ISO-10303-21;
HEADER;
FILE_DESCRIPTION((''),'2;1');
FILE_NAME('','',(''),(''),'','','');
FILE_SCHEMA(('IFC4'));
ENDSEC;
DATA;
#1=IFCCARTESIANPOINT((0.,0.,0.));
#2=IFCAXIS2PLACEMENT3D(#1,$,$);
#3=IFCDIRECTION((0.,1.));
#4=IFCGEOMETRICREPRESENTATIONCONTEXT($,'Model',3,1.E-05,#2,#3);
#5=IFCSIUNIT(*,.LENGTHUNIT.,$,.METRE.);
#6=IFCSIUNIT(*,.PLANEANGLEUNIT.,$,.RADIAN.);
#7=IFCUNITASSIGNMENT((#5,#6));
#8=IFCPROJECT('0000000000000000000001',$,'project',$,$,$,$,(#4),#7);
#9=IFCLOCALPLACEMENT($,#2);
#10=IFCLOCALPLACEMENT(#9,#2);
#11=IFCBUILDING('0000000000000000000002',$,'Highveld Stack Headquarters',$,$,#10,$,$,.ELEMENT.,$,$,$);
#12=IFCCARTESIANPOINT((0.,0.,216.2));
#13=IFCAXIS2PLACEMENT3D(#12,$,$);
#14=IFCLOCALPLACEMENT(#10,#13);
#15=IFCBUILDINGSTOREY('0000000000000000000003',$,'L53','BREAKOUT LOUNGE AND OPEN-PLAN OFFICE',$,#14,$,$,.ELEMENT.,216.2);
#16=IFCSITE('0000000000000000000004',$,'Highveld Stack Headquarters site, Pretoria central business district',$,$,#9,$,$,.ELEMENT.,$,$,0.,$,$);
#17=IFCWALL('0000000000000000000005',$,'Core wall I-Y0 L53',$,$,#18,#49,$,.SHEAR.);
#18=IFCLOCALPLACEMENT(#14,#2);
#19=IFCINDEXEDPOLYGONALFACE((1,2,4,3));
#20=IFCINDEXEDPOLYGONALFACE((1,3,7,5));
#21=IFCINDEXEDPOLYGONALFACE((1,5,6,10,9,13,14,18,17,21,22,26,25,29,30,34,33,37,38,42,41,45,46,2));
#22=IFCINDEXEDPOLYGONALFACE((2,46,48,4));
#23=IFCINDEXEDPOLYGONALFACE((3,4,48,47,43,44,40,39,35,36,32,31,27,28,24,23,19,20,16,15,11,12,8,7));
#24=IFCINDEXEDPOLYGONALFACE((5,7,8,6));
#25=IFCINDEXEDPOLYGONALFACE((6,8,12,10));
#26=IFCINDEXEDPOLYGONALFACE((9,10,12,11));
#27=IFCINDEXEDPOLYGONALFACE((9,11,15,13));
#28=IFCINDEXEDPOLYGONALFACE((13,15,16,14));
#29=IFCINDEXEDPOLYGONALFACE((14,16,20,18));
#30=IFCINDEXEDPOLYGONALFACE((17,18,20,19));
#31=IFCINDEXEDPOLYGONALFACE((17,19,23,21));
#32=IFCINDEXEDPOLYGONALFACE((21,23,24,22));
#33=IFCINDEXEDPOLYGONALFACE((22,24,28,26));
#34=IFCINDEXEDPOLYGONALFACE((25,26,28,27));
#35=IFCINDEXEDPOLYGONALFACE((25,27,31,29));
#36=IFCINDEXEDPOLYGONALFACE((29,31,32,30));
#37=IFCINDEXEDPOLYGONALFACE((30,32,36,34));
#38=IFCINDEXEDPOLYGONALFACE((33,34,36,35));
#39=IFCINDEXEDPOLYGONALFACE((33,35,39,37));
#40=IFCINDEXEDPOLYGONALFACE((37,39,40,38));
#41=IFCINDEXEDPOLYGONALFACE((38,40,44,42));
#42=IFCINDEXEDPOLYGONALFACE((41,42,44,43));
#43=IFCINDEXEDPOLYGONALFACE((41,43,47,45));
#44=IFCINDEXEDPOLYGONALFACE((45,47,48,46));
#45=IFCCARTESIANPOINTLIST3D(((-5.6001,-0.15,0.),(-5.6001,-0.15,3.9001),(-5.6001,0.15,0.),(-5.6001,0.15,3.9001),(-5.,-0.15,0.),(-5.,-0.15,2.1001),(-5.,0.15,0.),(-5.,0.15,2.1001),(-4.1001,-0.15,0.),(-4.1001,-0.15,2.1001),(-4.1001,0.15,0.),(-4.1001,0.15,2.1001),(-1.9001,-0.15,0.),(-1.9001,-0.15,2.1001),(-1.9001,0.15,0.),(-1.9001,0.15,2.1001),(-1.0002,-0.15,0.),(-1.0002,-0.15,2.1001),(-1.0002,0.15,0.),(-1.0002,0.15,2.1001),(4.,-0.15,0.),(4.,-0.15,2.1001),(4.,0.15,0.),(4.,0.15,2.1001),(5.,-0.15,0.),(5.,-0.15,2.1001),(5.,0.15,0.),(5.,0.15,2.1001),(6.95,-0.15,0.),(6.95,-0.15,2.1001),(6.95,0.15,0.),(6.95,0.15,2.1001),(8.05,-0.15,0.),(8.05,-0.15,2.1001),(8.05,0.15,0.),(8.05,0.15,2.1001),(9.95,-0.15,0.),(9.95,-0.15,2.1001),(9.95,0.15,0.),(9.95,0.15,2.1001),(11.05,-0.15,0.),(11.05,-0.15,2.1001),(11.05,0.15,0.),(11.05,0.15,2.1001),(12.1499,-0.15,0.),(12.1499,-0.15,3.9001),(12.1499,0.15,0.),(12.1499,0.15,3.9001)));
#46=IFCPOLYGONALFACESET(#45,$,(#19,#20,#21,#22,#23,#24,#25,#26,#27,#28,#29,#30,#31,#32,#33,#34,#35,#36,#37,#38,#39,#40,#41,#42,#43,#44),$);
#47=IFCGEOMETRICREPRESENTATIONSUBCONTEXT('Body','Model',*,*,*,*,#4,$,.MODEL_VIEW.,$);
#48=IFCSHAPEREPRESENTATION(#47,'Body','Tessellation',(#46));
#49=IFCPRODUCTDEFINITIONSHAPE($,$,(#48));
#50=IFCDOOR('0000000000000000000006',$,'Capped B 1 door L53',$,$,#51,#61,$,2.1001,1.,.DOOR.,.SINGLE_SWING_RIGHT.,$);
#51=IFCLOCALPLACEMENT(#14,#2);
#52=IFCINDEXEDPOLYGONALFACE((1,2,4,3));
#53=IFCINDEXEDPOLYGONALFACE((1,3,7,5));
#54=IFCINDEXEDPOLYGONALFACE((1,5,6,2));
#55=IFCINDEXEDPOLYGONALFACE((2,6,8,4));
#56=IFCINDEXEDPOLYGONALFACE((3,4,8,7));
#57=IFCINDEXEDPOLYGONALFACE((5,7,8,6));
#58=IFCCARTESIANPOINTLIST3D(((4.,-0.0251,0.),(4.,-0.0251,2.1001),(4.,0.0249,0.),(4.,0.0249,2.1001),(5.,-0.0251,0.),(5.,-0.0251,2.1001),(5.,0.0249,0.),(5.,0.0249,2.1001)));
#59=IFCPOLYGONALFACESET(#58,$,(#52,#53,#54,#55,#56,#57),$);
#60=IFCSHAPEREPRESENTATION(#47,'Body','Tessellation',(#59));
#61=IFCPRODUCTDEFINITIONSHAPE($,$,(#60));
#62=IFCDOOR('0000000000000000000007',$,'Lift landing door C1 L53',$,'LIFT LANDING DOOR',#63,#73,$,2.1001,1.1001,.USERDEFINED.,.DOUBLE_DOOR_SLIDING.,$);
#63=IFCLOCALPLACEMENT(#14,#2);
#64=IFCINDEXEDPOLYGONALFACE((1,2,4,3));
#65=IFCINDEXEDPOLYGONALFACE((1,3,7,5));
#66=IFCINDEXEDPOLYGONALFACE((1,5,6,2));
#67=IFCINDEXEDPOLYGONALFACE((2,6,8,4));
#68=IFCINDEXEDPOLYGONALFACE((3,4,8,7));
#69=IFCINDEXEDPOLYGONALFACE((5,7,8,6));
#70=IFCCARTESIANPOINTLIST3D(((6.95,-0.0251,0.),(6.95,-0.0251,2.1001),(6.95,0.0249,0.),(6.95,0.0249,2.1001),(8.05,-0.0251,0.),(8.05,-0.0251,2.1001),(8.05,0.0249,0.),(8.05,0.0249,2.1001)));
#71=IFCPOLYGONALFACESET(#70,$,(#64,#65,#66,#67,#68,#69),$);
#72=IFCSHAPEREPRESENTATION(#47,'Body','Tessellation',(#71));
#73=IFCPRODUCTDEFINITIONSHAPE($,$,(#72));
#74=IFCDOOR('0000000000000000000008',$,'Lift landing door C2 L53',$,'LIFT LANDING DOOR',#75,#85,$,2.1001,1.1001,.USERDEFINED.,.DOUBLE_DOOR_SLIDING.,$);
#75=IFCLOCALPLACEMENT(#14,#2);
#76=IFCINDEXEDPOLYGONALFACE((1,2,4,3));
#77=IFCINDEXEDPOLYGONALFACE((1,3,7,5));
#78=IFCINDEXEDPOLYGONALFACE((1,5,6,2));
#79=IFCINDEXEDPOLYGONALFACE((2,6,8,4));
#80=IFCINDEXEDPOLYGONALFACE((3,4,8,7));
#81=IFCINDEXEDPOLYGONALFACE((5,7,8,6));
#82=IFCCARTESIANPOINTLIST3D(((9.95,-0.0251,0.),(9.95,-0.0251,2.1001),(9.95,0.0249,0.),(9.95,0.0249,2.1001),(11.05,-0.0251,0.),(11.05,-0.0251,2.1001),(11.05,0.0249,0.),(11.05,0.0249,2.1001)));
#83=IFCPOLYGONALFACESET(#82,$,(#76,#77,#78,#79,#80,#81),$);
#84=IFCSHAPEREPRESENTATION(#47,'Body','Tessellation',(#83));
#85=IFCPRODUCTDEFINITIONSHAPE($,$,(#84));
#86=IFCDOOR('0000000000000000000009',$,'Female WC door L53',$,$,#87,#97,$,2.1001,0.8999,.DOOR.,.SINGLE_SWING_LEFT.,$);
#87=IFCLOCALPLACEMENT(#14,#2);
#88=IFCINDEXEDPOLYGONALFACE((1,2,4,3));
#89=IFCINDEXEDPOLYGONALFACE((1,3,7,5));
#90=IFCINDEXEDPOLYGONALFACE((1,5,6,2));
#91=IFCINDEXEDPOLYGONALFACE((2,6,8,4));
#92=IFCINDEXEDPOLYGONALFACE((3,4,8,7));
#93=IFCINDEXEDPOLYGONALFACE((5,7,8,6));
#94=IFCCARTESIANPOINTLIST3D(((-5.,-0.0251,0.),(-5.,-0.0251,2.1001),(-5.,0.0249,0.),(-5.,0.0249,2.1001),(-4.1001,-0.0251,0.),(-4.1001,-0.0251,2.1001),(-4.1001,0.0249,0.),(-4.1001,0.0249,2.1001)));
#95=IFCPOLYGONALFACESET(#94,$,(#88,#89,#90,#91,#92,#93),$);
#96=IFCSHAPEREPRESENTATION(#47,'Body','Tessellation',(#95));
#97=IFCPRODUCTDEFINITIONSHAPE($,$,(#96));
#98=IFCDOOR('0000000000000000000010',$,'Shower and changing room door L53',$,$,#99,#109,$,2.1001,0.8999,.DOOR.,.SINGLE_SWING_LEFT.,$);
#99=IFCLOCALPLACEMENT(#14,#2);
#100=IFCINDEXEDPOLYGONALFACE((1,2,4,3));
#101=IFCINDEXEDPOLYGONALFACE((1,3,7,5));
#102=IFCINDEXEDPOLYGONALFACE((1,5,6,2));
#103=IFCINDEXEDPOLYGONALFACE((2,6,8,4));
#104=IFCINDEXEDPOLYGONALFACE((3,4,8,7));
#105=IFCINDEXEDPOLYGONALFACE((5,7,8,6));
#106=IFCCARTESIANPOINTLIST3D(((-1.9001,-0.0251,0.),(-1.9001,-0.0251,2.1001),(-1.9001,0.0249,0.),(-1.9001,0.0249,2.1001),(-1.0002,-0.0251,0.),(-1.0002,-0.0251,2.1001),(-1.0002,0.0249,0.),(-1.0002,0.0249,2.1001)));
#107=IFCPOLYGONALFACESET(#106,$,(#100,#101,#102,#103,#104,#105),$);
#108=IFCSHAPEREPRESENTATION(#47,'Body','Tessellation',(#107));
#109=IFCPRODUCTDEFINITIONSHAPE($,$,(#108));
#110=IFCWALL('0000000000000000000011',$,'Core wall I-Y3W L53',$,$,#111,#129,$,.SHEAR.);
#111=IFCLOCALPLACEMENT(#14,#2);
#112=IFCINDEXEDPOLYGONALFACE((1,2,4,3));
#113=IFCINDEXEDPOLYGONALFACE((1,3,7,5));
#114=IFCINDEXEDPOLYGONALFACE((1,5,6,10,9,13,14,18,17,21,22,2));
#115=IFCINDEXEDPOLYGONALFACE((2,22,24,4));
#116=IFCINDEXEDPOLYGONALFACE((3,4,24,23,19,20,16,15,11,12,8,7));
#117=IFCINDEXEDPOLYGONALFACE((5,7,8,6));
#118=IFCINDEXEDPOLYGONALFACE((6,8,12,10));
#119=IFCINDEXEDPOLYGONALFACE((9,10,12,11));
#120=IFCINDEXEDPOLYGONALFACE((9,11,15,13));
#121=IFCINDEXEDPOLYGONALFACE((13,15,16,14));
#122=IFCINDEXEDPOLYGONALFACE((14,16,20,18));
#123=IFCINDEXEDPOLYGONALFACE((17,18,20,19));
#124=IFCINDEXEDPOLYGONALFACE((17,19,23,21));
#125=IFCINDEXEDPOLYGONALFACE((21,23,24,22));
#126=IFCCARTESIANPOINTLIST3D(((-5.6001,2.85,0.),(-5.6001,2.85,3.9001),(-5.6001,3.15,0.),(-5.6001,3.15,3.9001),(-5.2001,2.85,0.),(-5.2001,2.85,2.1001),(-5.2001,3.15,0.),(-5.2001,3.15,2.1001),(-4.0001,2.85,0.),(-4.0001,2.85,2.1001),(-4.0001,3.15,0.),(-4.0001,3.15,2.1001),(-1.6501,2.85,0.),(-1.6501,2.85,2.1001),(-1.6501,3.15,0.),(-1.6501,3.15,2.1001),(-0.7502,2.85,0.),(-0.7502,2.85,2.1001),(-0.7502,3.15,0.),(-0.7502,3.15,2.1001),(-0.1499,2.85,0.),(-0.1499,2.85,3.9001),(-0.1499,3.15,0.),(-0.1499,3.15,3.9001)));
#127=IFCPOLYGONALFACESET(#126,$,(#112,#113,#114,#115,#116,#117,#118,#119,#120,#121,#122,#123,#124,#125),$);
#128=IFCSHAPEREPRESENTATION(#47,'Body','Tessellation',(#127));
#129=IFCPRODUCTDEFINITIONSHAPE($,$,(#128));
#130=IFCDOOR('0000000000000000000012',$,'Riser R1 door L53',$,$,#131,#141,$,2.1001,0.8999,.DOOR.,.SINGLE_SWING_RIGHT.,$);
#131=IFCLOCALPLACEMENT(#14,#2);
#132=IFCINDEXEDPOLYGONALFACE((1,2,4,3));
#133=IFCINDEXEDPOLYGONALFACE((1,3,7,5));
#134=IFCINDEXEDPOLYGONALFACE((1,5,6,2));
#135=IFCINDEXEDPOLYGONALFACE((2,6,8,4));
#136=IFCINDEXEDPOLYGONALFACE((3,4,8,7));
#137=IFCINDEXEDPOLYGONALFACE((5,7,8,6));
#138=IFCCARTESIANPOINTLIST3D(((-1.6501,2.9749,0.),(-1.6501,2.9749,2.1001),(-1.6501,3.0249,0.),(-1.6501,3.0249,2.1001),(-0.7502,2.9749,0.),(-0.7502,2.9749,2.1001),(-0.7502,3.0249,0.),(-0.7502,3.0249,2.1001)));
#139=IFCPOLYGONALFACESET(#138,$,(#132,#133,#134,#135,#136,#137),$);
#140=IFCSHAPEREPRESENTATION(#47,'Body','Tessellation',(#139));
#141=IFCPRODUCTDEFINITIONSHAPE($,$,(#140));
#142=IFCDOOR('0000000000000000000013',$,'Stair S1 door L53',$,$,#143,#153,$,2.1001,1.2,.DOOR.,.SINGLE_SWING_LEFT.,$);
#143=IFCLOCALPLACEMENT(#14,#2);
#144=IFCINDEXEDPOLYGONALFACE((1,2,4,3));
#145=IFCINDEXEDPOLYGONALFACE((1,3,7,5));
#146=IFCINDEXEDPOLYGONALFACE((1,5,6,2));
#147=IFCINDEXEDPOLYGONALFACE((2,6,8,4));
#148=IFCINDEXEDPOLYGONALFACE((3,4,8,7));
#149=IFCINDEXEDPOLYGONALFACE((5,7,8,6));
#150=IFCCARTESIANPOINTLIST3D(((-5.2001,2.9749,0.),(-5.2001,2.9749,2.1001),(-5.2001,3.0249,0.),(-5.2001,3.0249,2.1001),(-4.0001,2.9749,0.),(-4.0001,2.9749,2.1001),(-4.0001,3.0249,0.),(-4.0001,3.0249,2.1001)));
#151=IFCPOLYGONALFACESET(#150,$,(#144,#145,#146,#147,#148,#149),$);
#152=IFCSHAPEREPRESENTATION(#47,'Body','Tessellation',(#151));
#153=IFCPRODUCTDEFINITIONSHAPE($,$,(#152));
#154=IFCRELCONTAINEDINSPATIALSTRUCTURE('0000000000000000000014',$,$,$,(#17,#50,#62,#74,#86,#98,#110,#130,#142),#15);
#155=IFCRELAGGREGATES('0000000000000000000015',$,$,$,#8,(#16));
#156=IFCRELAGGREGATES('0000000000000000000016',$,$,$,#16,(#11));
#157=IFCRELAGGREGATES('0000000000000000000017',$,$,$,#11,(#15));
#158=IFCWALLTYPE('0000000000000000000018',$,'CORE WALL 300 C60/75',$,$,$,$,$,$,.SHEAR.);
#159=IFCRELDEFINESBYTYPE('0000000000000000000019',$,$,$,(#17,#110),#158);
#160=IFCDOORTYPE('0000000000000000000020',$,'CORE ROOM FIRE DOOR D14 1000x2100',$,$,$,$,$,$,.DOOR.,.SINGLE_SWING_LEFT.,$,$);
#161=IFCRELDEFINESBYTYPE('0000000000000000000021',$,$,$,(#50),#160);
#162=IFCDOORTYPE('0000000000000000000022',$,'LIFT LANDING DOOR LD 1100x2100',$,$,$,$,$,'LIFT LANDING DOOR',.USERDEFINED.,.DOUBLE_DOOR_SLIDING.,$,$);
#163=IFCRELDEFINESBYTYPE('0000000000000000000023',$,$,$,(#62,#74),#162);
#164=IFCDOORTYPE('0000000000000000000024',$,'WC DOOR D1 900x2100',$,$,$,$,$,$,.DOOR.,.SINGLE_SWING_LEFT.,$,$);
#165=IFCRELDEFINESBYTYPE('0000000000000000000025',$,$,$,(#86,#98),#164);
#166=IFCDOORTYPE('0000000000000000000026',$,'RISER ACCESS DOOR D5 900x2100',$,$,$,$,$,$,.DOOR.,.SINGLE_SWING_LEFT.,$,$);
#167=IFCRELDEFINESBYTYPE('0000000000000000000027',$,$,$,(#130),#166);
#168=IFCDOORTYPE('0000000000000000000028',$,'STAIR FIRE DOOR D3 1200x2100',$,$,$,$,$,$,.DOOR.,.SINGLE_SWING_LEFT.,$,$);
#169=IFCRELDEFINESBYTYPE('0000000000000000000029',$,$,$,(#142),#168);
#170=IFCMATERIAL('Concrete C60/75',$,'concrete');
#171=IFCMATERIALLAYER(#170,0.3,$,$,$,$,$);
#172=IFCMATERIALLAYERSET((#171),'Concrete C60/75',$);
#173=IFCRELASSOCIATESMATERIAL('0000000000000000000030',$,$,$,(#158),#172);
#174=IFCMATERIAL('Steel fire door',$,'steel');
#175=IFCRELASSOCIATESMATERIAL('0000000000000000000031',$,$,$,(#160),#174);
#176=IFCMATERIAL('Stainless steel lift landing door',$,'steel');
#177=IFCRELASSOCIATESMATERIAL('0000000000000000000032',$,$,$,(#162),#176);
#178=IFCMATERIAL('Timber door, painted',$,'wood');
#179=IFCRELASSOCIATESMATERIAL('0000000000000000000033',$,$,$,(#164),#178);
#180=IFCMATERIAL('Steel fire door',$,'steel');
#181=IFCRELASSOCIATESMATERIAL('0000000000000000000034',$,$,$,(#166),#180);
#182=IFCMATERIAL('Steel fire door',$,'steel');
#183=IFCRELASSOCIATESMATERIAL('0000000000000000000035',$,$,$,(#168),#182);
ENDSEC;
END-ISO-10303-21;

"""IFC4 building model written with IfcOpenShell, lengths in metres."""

from ifc_helpers import new_model, si_unit, direction, frame, frame_2d, origin, place, context, subcontext, project, spatial, rectangle, extrude, material, layer, layer_set, type_object, element, fill, save


model = new_model("IFC4")

# Units and contexts
model_context = context("Model", 3, precision=1e-05, world=origin(), true_north=direction((0.0, 1.0)))
body_context = subcontext(model_context, "Body", "Model", "MODEL_VIEW")
ifc_project = project(units=[si_unit("LENGTHUNIT", "METRE"), si_unit("PLANEANGLEUNIT", "RADIAN")], contexts=[model_context])

# Site, building, storey
site_placement = place(None, origin())
site = spatial("IfcSite", under=ifc_project, at=site_placement, Name="Highveld Stack Headquarters site, Pretoria central business district", CompositionType="ELEMENT", RefElevation=0.0)
building_placement = place(site_placement, origin())
building = spatial("IfcBuilding", under=site, at=building_placement, Name="Highveld Stack Headquarters", CompositionType="ELEMENT")
storey_placement = place(building_placement, frame((0.0, 0.0, 216.2)))
storey = spatial("IfcBuildingStorey", under=building, at=storey_placement, Name="L53", Description="BREAKOUT LOUNGE AND OPEN-PLAN OFFICE", CompositionType="ELEMENT", Elevation=216.2)

# Walls, openings, doors
ifc_material_1 = material(Name="Concrete C60/75", Category="concrete")
ifc_layer_1 = layer(ifc_material_1, 0.3)
ifc_layer_set_1 = layer_set([ifc_layer_1], Name="Concrete C60/75")
wall_type_1 = type_object("IfcWallType", Name="CORE WALL 300 C60/75", PredefinedType="SHEAR", material=ifc_layer_set_1)
wall_1_placement = place(storey_placement, frame((-5.6001, 0.0, 0.0), z_axis=(0.0, 0.0, 1.0), x_axis=(1.0, 0.0, 0.0)))
wall_1 = element("IfcWall", 1, at=wall_1_placement, inside=storey, type_object=wall_type_1, Name="Core wall I-Y0 L53", PredefinedType="SHEAR", context=body_context, shape_type="SweptSolid", body=[
    extrude(rectangle(XDim=17.75, YDim=0.3, at=frame_2d((8.875, 0.0))), origin(), (0.0, 0.0, 1.0), 3.9001),
])
opening_1_placement = place(wall_1_placement, frame((0.6001, 0.0, 0.0)))
opening_1 = element("IfcOpeningElement", 2, at=opening_1_placement, cuts=wall_1, PredefinedType="OPENING", context=body_context, shape_type="SweptSolid", body=[
    extrude(rectangle(XDim=0.8999, YDim=2.1001, at=frame_2d((0.45, 1.05))), frame((0.0, 0.1599, 0.0), z_axis=(0.0, -1.0, 0.0), x_axis=(1.0, 0.0, 0.0)), (0.0, 0.0, 1.0), 0.3201),
])
opening_2_placement = place(wall_1_placement, frame((3.7, 0.0, 0.0)))
opening_2 = element("IfcOpeningElement", 3, at=opening_2_placement, cuts=wall_1, PredefinedType="OPENING", context=body_context, shape_type="SweptSolid", body=[
    extrude(rectangle(XDim=0.8999, YDim=2.1001, at=frame_2d((0.45, 1.05))), frame((0.0, 0.1599, 0.0), z_axis=(0.0, -1.0, 0.0), x_axis=(1.0, 0.0, 0.0)), (0.0, 0.0, 1.0), 0.3201),
])
opening_3_placement = place(wall_1_placement, frame((9.6001, 0.0, 0.0)))
opening_3 = element("IfcOpeningElement", 4, at=opening_3_placement, cuts=wall_1, PredefinedType="OPENING", context=body_context, shape_type="SweptSolid", body=[
    extrude(rectangle(XDim=1.0, YDim=2.1001, at=frame_2d((0.5, 1.05))), frame((0.0, 0.1599, 0.0), z_axis=(0.0, -1.0, 0.0), x_axis=(1.0, 0.0, 0.0)), (0.0, 0.0, 1.0), 0.3201),
])
opening_4_placement = place(wall_1_placement, frame((12.55, 0.0, 0.0)))
opening_4 = element("IfcOpeningElement", 5, at=opening_4_placement, cuts=wall_1, PredefinedType="OPENING", context=body_context, shape_type="SweptSolid", body=[
    extrude(rectangle(XDim=1.1001, YDim=2.1001, at=frame_2d((0.55, 1.05))), frame((0.0, 0.1599, 0.0), z_axis=(0.0, -1.0, 0.0), x_axis=(1.0, 0.0, 0.0)), (0.0, 0.0, 1.0), 0.3201),
])
opening_5_placement = place(wall_1_placement, frame((15.55, 0.0, 0.0)))
opening_5 = element("IfcOpeningElement", 6, at=opening_5_placement, cuts=wall_1, PredefinedType="OPENING", context=body_context, shape_type="SweptSolid", body=[
    extrude(rectangle(XDim=1.1001, YDim=2.1001, at=frame_2d((0.55, 1.05))), frame((0.0, 0.1599, 0.0), z_axis=(0.0, -1.0, 0.0), x_axis=(1.0, 0.0, 0.0)), (0.0, 0.0, 1.0), 0.3201),
])
ifc_material_2 = material(Name="Steel fire door", Category="steel")
door_type_1 = type_object("IfcDoorType", Name="CORE ROOM FIRE DOOR D14 1000x2100", OperationType="SINGLE_SWING_LEFT", PredefinedType="DOOR", material=ifc_material_2)
door_1_placement = place(opening_3_placement, origin())
door_1 = element("IfcDoor", 7, at=door_1_placement, inside=storey, type_object=door_type_1, Name="Capped B 1 door L53", OperationType="SINGLE_SWING_RIGHT", OverallHeight=2.1001, OverallWidth=1.0, PredefinedType="DOOR", context=body_context, shape_type="SweptSolid", body=[
    extrude(rectangle(XDim=1.0, YDim=2.1001, at=frame_2d((0.5, 1.05))), frame((0.0, 0.0249, 0.0), z_axis=(0.0, -1.0, 0.0), x_axis=(1.0, 0.0, 0.0)), (0.0, 0.0, 1.0), 0.05),
])
fill(opening_3, door_1)
ifc_material_3 = material(Name="Stainless steel lift landing door", Category="steel")
door_type_2 = type_object("IfcDoorType", Name="LIFT LANDING DOOR LD 1100x2100", ElementType="LIFT LANDING DOOR", OperationType="DOUBLE_DOOR_SLIDING", PredefinedType="USERDEFINED", material=ifc_material_3)
door_2_placement = place(opening_4_placement, origin())
door_2 = element("IfcDoor", 8, at=door_2_placement, inside=storey, type_object=door_type_2, Name="Lift landing door C1 L53", ObjectType="LIFT LANDING DOOR", OperationType="DOUBLE_DOOR_SLIDING", OverallHeight=2.1001, OverallWidth=1.1001, PredefinedType="USERDEFINED", context=body_context, shape_type="SweptSolid", body=[
    extrude(rectangle(XDim=1.1001, YDim=2.1001, at=frame_2d((0.55, 1.05))), frame((0.0, 0.0249, 0.0), z_axis=(0.0, -1.0, 0.0), x_axis=(1.0, 0.0, 0.0)), (0.0, 0.0, 1.0), 0.05),
])
fill(opening_4, door_2)
door_3_placement = place(opening_5_placement, origin())
door_3 = element("IfcDoor", 9, at=door_3_placement, inside=storey, type_object=door_type_2, Name="Lift landing door C2 L53", ObjectType="LIFT LANDING DOOR", OperationType="DOUBLE_DOOR_SLIDING", OverallHeight=2.1001, OverallWidth=1.1001, PredefinedType="USERDEFINED", context=body_context, shape_type="SweptSolid", body=[
    extrude(rectangle(XDim=1.1001, YDim=2.1001, at=frame_2d((0.55, 1.05))), frame((0.0, 0.0249, 0.0), z_axis=(0.0, -1.0, 0.0), x_axis=(1.0, 0.0, 0.0)), (0.0, 0.0, 1.0), 0.05),
])
fill(opening_5, door_3)
ifc_material_4 = material(Name="Timber door, painted", Category="wood")
door_type_3 = type_object("IfcDoorType", Name="WC DOOR D1 900x2100", OperationType="SINGLE_SWING_LEFT", PredefinedType="DOOR", material=ifc_material_4)
door_4_placement = place(opening_1_placement, origin())
door_4 = element("IfcDoor", 10, at=door_4_placement, inside=storey, type_object=door_type_3, Name="Female WC door L53", OperationType="SINGLE_SWING_LEFT", OverallHeight=2.1001, OverallWidth=0.8999, PredefinedType="DOOR", context=body_context, shape_type="SweptSolid", body=[
    extrude(rectangle(XDim=0.8999, YDim=2.1001, at=frame_2d((0.45, 1.05))), frame((0.0, 0.0249, 0.0), z_axis=(0.0, -1.0, 0.0), x_axis=(1.0, 0.0, 0.0)), (0.0, 0.0, 1.0), 0.05),
])
fill(opening_1, door_4)
door_5_placement = place(opening_2_placement, origin())
door_5 = element("IfcDoor", 11, at=door_5_placement, inside=storey, type_object=door_type_3, Name="Shower and changing room door L53", OperationType="SINGLE_SWING_LEFT", OverallHeight=2.1001, OverallWidth=0.8999, PredefinedType="DOOR", context=body_context, shape_type="SweptSolid", body=[
    extrude(rectangle(XDim=0.8999, YDim=2.1001, at=frame_2d((0.45, 1.05))), frame((0.0, 0.0249, 0.0), z_axis=(0.0, -1.0, 0.0), x_axis=(1.0, 0.0, 0.0)), (0.0, 0.0, 1.0), 0.05),
])
fill(opening_2, door_5)
wall_2_placement = place(storey_placement, frame((-5.6001, 3.0, 0.0), z_axis=(0.0, 0.0, 1.0), x_axis=(1.0, 0.0, 0.0)))
wall_2 = element("IfcWall", 12, at=wall_2_placement, inside=storey, type_object=wall_type_1, Name="Core wall I-Y3W L53", PredefinedType="SHEAR", context=body_context, shape_type="SweptSolid", body=[
    extrude(rectangle(XDim=5.4502, YDim=0.3, at=frame_2d((2.7251, 0.0))), origin(), (0.0, 0.0, 1.0), 3.9001),
])
opening_6_placement = place(wall_2_placement, frame((0.3999, 0.0, 0.0)))
opening_6 = element("IfcOpeningElement", 13, at=opening_6_placement, cuts=wall_2, PredefinedType="OPENING", context=body_context, shape_type="SweptSolid", body=[
    extrude(rectangle(XDim=1.2, YDim=2.1001, at=frame_2d((0.6001, 1.05))), frame((0.0, 0.1599, 0.0), z_axis=(0.0, -1.0, 0.0), x_axis=(1.0, 0.0, 0.0)), (0.0, 0.0, 1.0), 0.3201),
])
opening_7_placement = place(wall_2_placement, frame((3.95, 0.0, 0.0)))
opening_7 = element("IfcOpeningElement", 14, at=opening_7_placement, cuts=wall_2, PredefinedType="OPENING", context=body_context, shape_type="SweptSolid", body=[
    extrude(rectangle(XDim=0.8999, YDim=2.1001, at=frame_2d((0.45, 1.05))), frame((0.0, 0.1599, 0.0), z_axis=(0.0, -1.0, 0.0), x_axis=(1.0, 0.0, 0.0)), (0.0, 0.0, 1.0), 0.3201),
])
ifc_material_5 = material(Name="Steel fire door", Category="steel")
door_type_4 = type_object("IfcDoorType", Name="RISER ACCESS DOOR D5 900x2100", OperationType="SINGLE_SWING_LEFT", PredefinedType="DOOR", material=ifc_material_5)
door_6_placement = place(opening_7_placement, origin())
door_6 = element("IfcDoor", 15, at=door_6_placement, inside=storey, type_object=door_type_4, Name="Riser R1 door L53", OperationType="SINGLE_SWING_RIGHT", OverallHeight=2.1001, OverallWidth=0.8999, PredefinedType="DOOR", context=body_context, shape_type="SweptSolid", body=[
    extrude(rectangle(XDim=0.8999, YDim=2.1001, at=frame_2d((0.45, 1.05))), frame((0.0, 0.0249, 0.0), z_axis=(0.0, -1.0, 0.0), x_axis=(1.0, 0.0, 0.0)), (0.0, 0.0, 1.0), 0.05),
])
fill(opening_7, door_6)
ifc_material_6 = material(Name="Steel fire door", Category="steel")
door_type_5 = type_object("IfcDoorType", Name="STAIR FIRE DOOR D3 1200x2100", OperationType="SINGLE_SWING_LEFT", PredefinedType="DOOR", material=ifc_material_6)
door_7_placement = place(opening_6_placement, origin())
door_7 = element("IfcDoor", 16, at=door_7_placement, inside=storey, type_object=door_type_5, Name="Stair S1 door L53", OperationType="SINGLE_SWING_LEFT", OverallHeight=2.1001, OverallWidth=1.2, PredefinedType="DOOR", context=body_context, shape_type="SweptSolid", body=[
    extrude(rectangle(XDim=1.2, YDim=2.1001, at=frame_2d((0.6001, 1.05))), frame((0.0, 0.0249, 0.0), z_axis=(0.0, -1.0, 0.0), x_axis=(1.0, 0.0, 0.0)), (0.0, 0.0, 1.0), 0.05),
])
fill(opening_6, door_7)

save(model, "model.ifc")
